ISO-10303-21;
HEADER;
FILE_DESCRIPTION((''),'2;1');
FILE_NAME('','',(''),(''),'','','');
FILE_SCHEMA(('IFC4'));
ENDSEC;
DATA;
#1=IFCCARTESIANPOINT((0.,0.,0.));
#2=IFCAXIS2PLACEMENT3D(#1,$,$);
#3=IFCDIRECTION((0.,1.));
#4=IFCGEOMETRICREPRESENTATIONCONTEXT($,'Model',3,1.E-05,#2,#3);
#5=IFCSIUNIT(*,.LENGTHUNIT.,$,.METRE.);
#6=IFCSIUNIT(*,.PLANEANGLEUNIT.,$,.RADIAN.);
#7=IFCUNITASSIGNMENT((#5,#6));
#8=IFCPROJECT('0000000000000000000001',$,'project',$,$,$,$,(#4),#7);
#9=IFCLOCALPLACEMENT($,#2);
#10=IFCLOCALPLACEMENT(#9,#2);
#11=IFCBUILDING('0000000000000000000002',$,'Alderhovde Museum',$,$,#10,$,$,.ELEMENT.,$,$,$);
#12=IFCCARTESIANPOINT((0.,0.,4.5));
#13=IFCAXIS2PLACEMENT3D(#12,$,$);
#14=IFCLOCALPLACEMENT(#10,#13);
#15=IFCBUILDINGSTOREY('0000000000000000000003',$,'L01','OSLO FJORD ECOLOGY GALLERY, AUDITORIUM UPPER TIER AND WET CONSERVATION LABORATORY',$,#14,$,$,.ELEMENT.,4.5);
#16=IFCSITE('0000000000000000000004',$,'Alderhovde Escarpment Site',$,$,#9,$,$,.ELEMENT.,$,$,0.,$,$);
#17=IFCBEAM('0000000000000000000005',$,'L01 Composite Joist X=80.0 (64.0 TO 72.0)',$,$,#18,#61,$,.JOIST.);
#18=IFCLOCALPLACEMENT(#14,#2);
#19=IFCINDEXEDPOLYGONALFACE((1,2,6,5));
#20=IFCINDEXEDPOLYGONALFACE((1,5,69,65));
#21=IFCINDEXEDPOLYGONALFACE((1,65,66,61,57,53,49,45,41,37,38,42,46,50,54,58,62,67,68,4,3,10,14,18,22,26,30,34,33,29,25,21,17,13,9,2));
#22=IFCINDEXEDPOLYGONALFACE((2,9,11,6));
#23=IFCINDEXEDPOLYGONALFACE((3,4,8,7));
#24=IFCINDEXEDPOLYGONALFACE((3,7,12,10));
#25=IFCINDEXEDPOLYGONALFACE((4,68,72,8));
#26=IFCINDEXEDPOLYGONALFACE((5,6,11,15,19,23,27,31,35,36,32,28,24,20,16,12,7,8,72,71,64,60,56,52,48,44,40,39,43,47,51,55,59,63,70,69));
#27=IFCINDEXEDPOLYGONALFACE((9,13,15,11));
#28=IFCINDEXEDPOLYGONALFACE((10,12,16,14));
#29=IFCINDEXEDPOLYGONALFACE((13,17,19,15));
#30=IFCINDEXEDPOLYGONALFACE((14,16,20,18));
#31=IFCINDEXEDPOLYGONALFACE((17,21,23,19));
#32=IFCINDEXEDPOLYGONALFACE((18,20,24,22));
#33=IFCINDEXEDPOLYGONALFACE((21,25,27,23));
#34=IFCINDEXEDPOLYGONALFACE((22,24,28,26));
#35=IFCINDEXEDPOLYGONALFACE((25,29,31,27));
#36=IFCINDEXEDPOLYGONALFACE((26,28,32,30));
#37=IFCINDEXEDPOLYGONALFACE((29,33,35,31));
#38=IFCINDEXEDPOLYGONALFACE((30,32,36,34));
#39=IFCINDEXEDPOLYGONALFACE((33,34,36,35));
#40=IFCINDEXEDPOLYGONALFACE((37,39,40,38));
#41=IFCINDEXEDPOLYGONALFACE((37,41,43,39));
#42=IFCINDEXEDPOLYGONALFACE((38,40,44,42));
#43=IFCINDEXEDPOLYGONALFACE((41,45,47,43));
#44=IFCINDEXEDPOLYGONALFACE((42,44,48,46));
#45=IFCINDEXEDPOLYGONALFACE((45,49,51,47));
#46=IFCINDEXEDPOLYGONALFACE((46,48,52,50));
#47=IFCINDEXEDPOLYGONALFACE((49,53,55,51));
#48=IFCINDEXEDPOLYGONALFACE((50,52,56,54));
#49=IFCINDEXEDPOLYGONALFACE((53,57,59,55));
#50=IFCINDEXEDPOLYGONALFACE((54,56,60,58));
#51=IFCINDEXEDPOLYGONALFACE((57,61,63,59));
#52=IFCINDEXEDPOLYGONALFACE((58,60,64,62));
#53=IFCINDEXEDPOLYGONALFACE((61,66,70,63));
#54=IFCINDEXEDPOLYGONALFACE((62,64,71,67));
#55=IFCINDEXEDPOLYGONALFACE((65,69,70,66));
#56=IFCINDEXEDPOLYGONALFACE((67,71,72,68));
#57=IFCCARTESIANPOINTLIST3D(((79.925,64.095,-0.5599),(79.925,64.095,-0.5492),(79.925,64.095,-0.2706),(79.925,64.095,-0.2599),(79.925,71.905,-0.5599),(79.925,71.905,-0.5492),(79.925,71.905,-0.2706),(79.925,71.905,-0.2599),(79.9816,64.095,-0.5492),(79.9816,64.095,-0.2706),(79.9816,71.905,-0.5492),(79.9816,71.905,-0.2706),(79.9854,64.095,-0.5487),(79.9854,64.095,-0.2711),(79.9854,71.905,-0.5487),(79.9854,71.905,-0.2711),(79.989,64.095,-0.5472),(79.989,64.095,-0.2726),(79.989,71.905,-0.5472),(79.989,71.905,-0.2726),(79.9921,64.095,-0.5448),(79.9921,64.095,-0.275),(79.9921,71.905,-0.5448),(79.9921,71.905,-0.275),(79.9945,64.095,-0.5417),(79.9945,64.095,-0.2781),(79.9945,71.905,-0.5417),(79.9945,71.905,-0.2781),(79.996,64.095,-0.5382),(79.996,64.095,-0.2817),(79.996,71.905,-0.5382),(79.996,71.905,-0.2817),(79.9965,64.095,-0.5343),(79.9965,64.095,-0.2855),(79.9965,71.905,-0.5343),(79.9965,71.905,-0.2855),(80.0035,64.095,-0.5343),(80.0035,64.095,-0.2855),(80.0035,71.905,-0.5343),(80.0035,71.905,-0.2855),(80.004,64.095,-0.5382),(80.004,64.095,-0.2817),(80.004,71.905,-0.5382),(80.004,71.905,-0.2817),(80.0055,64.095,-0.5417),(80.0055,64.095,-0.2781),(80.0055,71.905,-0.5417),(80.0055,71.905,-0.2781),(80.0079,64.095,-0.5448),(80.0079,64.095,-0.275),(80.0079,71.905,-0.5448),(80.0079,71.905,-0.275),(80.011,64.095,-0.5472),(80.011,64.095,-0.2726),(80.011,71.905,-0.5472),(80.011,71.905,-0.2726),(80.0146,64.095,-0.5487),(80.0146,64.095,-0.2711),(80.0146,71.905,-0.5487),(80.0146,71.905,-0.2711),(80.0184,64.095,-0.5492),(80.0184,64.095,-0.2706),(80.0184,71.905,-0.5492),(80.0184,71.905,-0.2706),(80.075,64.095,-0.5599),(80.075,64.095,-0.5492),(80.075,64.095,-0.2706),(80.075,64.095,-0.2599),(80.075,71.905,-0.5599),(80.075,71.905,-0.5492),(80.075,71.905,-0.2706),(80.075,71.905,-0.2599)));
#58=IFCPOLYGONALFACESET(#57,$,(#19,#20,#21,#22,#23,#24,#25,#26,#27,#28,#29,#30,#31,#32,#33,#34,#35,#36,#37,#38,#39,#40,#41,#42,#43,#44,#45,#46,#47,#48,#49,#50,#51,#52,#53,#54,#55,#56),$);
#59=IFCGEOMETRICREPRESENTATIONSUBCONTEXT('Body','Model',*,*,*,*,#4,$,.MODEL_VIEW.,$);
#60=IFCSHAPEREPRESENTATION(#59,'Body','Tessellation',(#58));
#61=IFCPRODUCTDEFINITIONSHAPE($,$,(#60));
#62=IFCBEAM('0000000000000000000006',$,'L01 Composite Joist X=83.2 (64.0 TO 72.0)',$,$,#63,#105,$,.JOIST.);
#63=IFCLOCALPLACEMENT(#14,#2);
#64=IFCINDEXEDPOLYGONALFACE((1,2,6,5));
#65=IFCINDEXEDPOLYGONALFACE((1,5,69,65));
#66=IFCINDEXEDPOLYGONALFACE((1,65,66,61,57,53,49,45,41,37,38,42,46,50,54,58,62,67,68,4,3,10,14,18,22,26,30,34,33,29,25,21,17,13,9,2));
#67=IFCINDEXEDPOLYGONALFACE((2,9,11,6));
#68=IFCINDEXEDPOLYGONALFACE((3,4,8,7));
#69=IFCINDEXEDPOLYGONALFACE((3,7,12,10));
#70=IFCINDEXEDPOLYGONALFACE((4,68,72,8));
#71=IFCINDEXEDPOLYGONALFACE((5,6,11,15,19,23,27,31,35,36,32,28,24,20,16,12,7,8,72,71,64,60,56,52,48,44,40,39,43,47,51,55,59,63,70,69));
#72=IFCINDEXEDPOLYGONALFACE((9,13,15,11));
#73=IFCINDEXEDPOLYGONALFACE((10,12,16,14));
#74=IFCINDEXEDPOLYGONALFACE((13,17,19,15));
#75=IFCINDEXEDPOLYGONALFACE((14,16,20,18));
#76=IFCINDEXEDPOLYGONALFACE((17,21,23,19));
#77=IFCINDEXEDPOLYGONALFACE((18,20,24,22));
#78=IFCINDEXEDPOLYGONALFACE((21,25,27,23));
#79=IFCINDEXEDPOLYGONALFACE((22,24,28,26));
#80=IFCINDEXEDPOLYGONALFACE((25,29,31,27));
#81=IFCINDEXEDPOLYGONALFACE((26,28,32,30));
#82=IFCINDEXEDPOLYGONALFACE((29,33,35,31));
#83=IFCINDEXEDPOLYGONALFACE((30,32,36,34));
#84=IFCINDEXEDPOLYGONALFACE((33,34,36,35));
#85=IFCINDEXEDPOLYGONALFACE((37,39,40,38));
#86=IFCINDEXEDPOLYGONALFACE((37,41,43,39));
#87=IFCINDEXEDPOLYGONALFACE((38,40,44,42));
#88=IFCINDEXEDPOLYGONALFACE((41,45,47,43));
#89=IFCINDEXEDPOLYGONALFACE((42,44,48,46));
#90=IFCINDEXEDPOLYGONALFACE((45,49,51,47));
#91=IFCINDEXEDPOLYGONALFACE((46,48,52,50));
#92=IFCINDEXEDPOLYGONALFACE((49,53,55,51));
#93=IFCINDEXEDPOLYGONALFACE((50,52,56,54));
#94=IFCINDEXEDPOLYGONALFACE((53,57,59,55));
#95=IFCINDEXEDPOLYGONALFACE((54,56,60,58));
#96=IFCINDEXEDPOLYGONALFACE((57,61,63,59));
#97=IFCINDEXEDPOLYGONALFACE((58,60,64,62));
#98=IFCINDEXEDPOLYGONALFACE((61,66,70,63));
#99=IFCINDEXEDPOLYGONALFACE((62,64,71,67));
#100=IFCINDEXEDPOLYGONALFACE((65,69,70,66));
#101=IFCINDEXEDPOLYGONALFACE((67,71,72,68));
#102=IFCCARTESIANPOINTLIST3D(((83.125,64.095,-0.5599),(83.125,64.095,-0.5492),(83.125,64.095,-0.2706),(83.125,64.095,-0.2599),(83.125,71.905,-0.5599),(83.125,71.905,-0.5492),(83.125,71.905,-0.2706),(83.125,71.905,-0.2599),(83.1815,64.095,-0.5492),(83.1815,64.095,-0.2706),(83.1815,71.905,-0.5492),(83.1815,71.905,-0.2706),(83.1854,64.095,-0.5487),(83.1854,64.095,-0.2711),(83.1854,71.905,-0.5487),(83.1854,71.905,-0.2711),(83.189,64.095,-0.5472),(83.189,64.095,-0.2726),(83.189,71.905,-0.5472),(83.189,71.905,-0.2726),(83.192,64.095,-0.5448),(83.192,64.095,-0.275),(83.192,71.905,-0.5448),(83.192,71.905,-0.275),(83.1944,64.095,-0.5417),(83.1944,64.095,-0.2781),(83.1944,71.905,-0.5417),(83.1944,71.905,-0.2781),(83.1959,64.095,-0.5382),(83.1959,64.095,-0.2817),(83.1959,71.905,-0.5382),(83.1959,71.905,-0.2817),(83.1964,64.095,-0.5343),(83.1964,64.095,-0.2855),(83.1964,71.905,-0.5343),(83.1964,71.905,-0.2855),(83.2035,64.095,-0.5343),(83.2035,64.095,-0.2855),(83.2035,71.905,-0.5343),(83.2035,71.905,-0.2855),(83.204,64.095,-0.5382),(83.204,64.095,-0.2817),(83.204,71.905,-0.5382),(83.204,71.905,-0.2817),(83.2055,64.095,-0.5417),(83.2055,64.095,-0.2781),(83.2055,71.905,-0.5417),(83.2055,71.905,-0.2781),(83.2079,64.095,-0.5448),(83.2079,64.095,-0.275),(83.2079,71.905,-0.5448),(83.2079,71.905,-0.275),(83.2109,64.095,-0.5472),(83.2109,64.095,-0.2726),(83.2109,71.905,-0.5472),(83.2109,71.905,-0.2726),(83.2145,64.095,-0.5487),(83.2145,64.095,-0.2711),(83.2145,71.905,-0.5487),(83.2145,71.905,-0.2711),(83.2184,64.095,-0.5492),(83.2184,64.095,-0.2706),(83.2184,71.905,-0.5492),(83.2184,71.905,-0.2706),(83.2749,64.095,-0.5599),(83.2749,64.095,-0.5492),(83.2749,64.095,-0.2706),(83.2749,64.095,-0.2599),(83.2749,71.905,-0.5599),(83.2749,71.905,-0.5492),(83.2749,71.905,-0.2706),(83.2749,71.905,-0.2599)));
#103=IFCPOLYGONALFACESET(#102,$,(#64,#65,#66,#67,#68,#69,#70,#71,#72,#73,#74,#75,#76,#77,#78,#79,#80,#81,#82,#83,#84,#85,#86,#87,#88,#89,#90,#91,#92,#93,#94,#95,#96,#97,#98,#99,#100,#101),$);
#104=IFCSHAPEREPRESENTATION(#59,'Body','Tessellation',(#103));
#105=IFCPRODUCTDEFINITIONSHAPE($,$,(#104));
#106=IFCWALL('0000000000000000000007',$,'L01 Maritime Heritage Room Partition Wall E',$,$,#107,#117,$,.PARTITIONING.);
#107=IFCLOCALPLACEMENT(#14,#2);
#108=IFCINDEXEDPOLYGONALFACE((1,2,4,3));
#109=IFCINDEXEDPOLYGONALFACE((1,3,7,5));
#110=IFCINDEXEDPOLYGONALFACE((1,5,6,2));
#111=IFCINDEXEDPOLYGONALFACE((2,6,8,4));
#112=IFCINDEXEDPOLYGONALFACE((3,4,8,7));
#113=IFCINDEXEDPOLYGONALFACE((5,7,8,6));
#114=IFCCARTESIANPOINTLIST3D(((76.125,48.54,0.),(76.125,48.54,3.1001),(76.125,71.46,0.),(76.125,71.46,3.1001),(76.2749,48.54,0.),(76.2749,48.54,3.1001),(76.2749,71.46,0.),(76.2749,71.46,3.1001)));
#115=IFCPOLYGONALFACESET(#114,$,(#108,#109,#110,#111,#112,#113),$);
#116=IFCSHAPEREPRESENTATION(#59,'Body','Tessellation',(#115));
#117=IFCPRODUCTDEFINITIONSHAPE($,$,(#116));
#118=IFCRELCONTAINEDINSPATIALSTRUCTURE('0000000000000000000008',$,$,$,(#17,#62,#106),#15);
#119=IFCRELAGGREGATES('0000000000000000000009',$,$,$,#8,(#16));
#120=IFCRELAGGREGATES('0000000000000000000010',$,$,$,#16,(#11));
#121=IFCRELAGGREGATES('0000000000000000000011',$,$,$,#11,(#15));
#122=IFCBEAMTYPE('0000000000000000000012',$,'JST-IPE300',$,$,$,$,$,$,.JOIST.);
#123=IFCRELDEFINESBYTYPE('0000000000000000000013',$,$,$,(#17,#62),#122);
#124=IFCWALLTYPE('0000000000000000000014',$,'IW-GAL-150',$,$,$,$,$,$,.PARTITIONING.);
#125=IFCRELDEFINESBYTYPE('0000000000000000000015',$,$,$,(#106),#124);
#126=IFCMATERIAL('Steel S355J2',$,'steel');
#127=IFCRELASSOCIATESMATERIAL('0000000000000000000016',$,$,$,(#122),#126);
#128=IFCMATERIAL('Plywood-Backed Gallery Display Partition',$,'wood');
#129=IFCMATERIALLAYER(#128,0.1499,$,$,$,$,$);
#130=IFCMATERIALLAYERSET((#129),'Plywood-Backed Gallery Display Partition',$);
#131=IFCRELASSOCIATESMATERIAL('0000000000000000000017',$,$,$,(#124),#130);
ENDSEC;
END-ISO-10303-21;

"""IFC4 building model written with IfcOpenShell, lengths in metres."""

from ifc_helpers import new_model, si_unit, direction, frame, frame_2d, origin, origin_2d, place, context, subcontext, project, spatial, rectangle, i_section, extrude, material, layer, layer_set, material_profile, profile_set, type_object, element, save


model = new_model("IFC4")

# Units and contexts
model_context = context("Model", 3, precision=1e-05, world=origin(), true_north=direction((0.0, 1.0)))
body_context = subcontext(model_context, "Body", "Model", "MODEL_VIEW")
ifc_project = project(units=[si_unit("LENGTHUNIT", "METRE"), si_unit("PLANEANGLEUNIT", "RADIAN")], contexts=[model_context])

# Site, building, storey
site_placement = place(None, origin())
site = spatial("IfcSite", under=ifc_project, at=site_placement, Name="Alderhovde Escarpment Site", CompositionType="ELEMENT", RefElevation=0.0)
building_placement = place(site_placement, origin())
building = spatial("IfcBuilding", under=site, at=building_placement, Name="Alderhovde Museum", CompositionType="ELEMENT")
storey_placement = place(building_placement, frame((0.0, 0.0, 4.5)))
storey = spatial("IfcBuildingStorey", under=building, at=storey_placement, Name="L01", Description="OSLO FJORD ECOLOGY GALLERY, AUDITORIUM UPPER TIER AND WET CONSERVATION LABORATORY", CompositionType="ELEMENT", Elevation=4.5)

# Beams
ifc_material_1 = material(Name="Steel S355J2", Category="steel")
ifc_material_profile_1 = material_profile(ifc_material_1, i_section(OverallWidth=0.1499, OverallDepth=0.3, WebThickness=0.0071, FlangeThickness=0.0107, FilletRadius=0.0149, at=origin_2d()), Name="IPE 300")
ifc_profile_set_1 = profile_set([ifc_material_profile_1], Name="Steel S355J2")
beam_type_1 = type_object("IfcBeamType", Name="JST-IPE300", PredefinedType="JOIST", material=ifc_profile_set_1)
for number, where, z_axis, x_axis, name in (
    (1, (80.0, 64.095, -0.4099), (0.0, 1.0, 0.0), (-1.0, 0.0, 0.0), "L01 Composite Joist X=80.0 (64.0 TO 72.0)"),
    (2, (83.2, 64.095, -0.4099), (0.0, 1.0, 0.0), (-1.0, 0.0, 0.0), "L01 Composite Joist X=83.2 (64.0 TO 72.0)"),
):
    element("IfcBeam", number, at=place(storey_placement, frame(where, z_axis=z_axis, x_axis=x_axis)), inside=storey, type_object=beam_type_1, Name=name, PredefinedType="JOIST", context=body_context, shape_type="SweptSolid", body=[
        extrude(i_section(OverallWidth=0.1499, OverallDepth=0.3, WebThickness=0.0071, FlangeThickness=0.0107, FilletRadius=0.0149, at=origin_2d()), origin(), (0.0, 0.0, 1.0), 7.8101),
    ])

# Wall
ifc_material_2 = material(Name="Plywood-Backed Gallery Display Partition", Category="wood")
ifc_layer = layer(ifc_material_2, 0.1499)
ifc_layer_set = layer_set([ifc_layer], Name="Plywood-Backed Gallery Display Partition")
wall_type = type_object("IfcWallType", Name="IW-GAL-150", PredefinedType="PARTITIONING", material=ifc_layer_set)
wall_placement = place(storey_placement, frame((76.2, 48.54, 0.0), z_axis=(0.0, 0.0, 1.0), x_axis=(0.0, 1.0, 0.0)))
element("IfcWall", 3, at=wall_placement, inside=storey, type_object=wall_type, Name="L01 Maritime Heritage Room Partition Wall E", PredefinedType="PARTITIONING", context=body_context, shape_type="SweptSolid", body=[
    extrude(rectangle(XDim=22.9199, YDim=0.1499, at=frame_2d((11.46, 0.0))), origin(), (0.0, 0.0, 1.0), 3.1001),
])

save(model, "model.ifc")
